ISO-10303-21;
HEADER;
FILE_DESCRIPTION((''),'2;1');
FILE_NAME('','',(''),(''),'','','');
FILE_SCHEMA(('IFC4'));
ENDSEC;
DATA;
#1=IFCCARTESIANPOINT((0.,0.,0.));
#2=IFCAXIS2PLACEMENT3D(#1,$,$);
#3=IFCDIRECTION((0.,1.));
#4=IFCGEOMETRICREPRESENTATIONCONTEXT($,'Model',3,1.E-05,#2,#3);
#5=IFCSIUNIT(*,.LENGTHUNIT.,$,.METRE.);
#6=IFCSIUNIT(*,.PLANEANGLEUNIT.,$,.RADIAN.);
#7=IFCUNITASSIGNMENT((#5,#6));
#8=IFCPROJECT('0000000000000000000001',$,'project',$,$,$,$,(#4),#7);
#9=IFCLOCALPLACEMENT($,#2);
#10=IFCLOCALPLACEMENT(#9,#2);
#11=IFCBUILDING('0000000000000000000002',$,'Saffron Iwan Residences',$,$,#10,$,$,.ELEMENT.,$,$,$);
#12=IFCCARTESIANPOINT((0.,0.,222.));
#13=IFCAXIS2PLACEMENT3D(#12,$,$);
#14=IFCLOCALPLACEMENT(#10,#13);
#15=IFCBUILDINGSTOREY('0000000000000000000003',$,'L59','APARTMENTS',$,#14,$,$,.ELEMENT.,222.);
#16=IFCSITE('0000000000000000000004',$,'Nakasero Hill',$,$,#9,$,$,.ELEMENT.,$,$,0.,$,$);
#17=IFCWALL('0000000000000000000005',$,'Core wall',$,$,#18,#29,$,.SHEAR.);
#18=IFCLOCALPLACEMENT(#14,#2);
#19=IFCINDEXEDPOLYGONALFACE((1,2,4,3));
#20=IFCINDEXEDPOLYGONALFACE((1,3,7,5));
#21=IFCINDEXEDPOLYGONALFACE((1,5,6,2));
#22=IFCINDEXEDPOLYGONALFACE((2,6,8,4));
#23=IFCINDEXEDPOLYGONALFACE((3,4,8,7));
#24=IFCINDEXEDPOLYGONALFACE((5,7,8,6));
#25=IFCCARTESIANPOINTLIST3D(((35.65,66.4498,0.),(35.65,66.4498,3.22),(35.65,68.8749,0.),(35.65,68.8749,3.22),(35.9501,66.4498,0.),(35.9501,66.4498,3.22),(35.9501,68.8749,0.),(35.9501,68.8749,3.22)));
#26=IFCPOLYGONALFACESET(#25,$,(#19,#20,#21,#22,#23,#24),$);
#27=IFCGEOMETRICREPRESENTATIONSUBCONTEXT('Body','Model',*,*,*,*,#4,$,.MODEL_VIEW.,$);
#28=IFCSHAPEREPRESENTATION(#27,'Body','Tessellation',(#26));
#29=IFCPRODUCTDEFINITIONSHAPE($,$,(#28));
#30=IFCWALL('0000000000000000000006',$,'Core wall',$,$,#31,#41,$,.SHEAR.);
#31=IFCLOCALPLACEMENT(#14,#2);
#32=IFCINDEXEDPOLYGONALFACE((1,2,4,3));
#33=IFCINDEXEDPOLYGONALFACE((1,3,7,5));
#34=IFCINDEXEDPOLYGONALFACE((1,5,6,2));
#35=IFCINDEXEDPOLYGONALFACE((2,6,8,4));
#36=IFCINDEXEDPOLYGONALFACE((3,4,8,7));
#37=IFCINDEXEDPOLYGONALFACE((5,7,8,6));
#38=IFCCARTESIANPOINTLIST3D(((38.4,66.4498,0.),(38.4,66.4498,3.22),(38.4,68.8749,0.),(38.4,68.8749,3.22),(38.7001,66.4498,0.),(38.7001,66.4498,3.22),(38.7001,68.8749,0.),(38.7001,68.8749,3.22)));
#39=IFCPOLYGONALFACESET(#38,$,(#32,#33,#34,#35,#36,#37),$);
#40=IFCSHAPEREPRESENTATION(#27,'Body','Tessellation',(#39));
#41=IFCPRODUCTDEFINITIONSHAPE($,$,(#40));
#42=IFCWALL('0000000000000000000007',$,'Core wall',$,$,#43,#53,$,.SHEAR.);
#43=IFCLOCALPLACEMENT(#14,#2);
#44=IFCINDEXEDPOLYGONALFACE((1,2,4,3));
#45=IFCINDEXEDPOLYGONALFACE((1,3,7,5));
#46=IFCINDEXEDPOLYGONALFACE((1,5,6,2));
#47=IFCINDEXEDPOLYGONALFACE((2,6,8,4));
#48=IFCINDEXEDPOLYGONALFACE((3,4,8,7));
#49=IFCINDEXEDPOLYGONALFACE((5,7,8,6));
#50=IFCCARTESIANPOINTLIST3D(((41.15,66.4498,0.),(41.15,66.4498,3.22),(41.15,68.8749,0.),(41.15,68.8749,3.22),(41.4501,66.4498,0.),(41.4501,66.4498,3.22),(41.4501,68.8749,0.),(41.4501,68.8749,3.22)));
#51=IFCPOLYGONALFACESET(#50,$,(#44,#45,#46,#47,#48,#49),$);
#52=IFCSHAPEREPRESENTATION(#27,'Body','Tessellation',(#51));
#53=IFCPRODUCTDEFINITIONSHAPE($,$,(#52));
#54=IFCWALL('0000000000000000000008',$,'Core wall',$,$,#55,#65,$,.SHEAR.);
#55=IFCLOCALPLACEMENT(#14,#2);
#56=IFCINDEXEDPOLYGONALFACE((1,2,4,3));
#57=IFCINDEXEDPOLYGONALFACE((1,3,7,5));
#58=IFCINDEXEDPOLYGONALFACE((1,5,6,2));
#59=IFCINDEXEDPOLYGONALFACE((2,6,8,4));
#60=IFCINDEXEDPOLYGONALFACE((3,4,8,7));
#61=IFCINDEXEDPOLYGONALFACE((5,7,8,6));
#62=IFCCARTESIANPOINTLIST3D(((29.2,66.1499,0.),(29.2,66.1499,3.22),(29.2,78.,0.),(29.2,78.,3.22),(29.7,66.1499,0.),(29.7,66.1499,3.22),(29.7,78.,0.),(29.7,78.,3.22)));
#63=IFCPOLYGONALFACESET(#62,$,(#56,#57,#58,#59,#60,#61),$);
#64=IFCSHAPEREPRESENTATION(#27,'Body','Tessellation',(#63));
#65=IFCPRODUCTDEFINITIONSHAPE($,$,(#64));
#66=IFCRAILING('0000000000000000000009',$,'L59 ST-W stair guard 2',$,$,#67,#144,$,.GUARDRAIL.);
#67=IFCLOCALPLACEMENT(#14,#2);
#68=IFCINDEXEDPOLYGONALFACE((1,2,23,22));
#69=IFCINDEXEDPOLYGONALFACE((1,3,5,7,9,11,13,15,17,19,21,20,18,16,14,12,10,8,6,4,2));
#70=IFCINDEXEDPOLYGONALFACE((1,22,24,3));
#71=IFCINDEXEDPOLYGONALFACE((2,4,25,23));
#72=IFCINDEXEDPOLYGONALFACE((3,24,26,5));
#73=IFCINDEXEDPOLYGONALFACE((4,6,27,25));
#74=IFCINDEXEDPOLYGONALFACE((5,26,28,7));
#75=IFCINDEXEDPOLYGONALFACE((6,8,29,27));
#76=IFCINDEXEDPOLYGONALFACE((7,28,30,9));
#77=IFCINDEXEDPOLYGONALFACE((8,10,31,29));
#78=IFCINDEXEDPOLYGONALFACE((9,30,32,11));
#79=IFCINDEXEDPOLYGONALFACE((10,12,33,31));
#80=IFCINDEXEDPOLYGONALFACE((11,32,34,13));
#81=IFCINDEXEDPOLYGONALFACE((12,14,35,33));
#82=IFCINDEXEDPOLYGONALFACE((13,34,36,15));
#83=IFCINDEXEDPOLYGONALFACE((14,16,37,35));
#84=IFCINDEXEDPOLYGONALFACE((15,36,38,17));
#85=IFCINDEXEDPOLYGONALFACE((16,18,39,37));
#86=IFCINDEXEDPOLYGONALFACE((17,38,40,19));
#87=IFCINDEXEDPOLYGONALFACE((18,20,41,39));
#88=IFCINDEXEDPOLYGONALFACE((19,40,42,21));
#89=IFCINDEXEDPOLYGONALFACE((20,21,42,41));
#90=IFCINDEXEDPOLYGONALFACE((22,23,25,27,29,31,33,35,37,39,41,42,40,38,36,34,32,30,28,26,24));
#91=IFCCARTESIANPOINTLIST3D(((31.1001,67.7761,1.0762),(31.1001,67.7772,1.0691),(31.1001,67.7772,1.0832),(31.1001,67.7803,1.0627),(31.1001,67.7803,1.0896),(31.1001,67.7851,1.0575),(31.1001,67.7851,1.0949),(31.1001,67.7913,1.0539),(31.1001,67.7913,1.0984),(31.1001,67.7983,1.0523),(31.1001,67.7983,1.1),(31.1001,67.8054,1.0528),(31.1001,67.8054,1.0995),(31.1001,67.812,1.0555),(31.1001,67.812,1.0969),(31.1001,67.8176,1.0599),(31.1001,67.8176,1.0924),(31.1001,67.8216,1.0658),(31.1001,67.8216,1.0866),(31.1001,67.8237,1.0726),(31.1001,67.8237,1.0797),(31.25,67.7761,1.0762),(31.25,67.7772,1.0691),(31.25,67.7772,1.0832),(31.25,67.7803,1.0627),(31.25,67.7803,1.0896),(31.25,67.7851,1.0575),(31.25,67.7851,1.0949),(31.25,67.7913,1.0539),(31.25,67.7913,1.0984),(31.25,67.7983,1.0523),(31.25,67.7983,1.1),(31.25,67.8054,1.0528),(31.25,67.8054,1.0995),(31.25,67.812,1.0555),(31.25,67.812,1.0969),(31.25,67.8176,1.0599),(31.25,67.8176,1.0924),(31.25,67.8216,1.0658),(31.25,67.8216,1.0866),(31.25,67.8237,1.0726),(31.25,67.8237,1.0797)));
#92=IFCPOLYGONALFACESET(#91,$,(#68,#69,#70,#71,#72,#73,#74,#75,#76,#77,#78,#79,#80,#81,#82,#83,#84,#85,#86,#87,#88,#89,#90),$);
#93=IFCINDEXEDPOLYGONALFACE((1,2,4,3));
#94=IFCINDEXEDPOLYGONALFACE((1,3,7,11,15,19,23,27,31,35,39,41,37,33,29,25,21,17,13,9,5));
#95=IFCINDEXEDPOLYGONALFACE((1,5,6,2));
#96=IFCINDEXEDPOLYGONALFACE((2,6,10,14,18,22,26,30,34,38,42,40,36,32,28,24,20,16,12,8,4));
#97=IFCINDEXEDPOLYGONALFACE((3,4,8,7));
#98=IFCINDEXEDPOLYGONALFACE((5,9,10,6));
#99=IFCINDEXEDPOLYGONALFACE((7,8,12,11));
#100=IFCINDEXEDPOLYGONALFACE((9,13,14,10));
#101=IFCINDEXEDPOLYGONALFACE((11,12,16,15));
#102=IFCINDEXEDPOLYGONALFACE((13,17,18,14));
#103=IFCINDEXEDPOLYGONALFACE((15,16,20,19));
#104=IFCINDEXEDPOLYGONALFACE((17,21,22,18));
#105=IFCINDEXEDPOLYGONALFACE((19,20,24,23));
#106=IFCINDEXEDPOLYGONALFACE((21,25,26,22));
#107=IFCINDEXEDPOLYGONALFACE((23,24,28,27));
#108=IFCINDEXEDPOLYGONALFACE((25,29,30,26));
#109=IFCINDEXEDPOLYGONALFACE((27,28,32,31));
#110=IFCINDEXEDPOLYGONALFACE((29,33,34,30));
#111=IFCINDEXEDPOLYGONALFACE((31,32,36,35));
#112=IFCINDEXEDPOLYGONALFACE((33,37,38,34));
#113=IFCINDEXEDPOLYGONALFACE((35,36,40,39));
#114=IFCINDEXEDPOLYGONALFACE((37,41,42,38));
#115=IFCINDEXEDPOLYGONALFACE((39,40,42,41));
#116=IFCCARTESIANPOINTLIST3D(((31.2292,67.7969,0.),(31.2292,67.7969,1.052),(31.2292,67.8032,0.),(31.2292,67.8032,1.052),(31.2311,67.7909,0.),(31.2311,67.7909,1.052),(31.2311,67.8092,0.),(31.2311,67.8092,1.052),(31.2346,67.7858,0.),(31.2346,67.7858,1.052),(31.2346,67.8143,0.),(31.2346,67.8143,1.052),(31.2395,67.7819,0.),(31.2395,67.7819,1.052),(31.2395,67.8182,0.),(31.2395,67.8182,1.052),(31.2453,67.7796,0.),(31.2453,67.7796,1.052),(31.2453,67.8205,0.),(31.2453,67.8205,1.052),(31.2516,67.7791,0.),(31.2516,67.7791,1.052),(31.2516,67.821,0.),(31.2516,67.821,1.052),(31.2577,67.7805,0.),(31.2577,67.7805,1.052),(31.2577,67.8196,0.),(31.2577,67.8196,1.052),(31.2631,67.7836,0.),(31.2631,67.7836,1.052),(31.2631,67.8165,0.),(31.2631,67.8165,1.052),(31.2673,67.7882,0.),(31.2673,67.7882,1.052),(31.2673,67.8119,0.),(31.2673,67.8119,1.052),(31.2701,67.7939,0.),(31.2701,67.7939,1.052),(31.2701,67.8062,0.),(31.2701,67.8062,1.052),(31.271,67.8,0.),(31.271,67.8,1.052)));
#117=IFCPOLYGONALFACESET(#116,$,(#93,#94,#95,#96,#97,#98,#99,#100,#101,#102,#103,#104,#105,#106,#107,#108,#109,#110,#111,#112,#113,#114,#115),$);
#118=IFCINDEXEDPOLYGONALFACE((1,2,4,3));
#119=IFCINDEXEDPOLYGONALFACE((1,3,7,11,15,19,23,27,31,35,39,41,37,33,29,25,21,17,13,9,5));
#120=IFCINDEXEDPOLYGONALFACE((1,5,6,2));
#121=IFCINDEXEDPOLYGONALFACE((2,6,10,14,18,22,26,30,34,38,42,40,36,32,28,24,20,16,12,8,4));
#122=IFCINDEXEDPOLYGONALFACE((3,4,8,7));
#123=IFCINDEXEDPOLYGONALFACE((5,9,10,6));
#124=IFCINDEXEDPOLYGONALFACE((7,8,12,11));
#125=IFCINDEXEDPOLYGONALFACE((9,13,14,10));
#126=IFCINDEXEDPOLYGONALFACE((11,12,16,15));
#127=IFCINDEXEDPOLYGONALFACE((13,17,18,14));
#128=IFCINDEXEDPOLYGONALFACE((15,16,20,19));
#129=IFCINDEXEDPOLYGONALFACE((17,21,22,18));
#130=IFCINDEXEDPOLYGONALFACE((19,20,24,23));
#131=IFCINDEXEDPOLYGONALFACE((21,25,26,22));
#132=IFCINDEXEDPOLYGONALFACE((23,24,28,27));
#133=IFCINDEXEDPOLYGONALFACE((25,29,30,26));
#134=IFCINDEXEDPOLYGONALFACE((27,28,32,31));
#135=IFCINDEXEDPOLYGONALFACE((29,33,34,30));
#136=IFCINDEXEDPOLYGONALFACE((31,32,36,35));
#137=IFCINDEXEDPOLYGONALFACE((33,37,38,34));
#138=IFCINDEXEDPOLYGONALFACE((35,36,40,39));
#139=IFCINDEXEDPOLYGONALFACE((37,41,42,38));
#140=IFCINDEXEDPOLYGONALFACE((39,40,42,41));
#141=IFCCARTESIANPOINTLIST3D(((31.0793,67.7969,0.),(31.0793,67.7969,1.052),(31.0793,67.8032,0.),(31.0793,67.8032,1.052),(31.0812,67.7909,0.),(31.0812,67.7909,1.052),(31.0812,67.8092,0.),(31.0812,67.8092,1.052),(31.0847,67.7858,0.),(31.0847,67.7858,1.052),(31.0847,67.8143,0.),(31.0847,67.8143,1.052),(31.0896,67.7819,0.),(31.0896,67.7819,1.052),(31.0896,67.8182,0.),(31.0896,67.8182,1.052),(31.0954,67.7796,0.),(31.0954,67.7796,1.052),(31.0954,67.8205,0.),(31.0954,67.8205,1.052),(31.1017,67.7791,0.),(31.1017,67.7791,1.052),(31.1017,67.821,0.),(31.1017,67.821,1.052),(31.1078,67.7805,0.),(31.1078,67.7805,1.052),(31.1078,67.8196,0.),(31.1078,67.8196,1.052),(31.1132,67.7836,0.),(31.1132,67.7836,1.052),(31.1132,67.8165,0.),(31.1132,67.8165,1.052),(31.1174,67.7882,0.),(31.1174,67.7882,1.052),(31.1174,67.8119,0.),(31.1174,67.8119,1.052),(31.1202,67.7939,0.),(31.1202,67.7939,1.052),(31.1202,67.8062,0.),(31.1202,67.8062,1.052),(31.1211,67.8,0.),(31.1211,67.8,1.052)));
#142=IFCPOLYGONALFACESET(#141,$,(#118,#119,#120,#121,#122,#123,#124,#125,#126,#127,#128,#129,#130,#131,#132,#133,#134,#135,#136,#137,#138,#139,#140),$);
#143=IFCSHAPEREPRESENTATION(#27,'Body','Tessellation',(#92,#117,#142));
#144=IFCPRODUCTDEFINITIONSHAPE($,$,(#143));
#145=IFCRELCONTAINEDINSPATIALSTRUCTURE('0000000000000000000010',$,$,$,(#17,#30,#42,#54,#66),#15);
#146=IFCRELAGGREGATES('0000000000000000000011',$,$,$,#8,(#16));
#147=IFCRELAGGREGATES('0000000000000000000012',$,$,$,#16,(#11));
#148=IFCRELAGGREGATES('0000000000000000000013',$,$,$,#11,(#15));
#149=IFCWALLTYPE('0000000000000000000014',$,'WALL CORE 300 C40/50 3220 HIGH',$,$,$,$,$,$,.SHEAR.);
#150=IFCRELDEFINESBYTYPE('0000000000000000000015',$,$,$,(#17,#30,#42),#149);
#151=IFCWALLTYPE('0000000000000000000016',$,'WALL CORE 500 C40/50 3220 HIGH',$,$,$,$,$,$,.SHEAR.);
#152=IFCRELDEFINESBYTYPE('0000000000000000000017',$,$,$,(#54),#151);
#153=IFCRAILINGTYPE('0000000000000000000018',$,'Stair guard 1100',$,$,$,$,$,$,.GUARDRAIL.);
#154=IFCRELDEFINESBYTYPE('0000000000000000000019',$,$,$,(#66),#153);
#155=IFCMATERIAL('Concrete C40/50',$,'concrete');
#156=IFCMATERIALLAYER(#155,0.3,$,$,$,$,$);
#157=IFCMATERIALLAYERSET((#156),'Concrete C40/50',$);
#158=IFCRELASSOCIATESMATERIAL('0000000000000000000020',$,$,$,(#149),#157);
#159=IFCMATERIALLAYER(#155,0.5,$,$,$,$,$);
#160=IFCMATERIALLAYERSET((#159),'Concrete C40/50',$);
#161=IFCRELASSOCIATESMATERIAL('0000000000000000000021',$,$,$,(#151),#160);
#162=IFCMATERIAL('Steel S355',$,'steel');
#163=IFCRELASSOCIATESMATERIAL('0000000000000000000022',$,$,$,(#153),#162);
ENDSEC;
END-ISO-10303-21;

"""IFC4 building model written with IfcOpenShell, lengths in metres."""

from ifc_helpers import new_model, si_unit, direction, frame, frame_2d, origin, origin_2d, place, context, subcontext, project, spatial, rectangle, circle, extrude, material, layer, layer_set, type_object, element, save


model = new_model("IFC4")

# Units and contexts
model_context = context("Model", 3, precision=1e-05, world=origin(), true_north=direction((0.0, 1.0)))
body_context = subcontext(model_context, "Body", "Model", "MODEL_VIEW")
ifc_project = project(units=[si_unit("LENGTHUNIT", "METRE"), si_unit("PLANEANGLEUNIT", "RADIAN")], contexts=[model_context])

# Site, building, storey
site_placement = place(None, origin())
site = spatial("IfcSite", under=ifc_project, at=site_placement, Name="Nakasero Hill", CompositionType="ELEMENT", RefElevation=0.0)
building_placement = place(site_placement, origin())
building = spatial("IfcBuilding", under=site, at=building_placement, Name="Saffron Iwan Residences", CompositionType="ELEMENT")
storey_placement = place(building_placement, frame((0.0, 0.0, 222.0)))
storey = spatial("IfcBuildingStorey", under=building, at=storey_placement, Name="L59", Description="APARTMENTS", CompositionType="ELEMENT", Elevation=222.0)

# Shared definitions
ifc_material_1 = material(Name="Concrete C40/50", Category="concrete")

# Shared definitions
ifc_layer_1 = layer(ifc_material_1, 0.3)
ifc_layer_set_1 = layer_set([ifc_layer_1], Name="Concrete C40/50")
wall_type_1 = type_object("IfcWallType", Name="WALL CORE 300 C40/50 3220 HIGH", PredefinedType="SHEAR", material=ifc_layer_set_1)

# Walls
for number, where, z_axis, x_axis, name in (
    (1, (35.8, 66.45, 0.0), (0.0, 0.0, 1.0), (0.0, 1.0, 0.0), "Core wall"),
    (2, (38.55, 66.45, 0.0), (0.0, 0.0, 1.0), (0.0, 1.0, 0.0), "Core wall"),
    (3, (41.3, 66.45, 0.0), (0.0, 0.0, 1.0), (0.0, 1.0, 0.0), "Core wall"),
):
    element("IfcWall", number, at=place(storey_placement, frame(where, z_axis=z_axis, x_axis=x_axis)), inside=storey, type_object=wall_type_1, Name=name, PredefinedType="SHEAR", context=body_context, shape_type="SweptSolid", body=[
        extrude(rectangle(XDim=2.425, YDim=0.3, at=frame_2d((1.2124, 0.0))), origin(), (0.0, 0.0, 1.0), 3.22),
    ])
ifc_layer_2 = layer(ifc_material_1, 0.5)
ifc_layer_set_2 = layer_set([ifc_layer_2], Name="Concrete C40/50")
wall_type_2 = type_object("IfcWallType", Name="WALL CORE 500 C40/50 3220 HIGH", PredefinedType="SHEAR", material=ifc_layer_set_2)
wall_1_placement = place(storey_placement, frame((29.45, 66.1499, 0.0), z_axis=(0.0, 0.0, 1.0), x_axis=(0.0, 1.0, 0.0)))
element("IfcWall", 4, at=wall_1_placement, inside=storey, type_object=wall_type_2, Name="Core wall", PredefinedType="SHEAR", context=body_context, shape_type="SweptSolid", body=[
    extrude(rectangle(XDim=11.8501, YDim=0.5, at=frame_2d((5.925, 0.0))), origin(), (0.0, 0.0, 1.0), 3.22),
])

# Railing
ifc_material_2 = material(Name="Steel S355", Category="steel")
railing_type_1 = type_object("IfcRailingType", Name="Stair guard 1100", PredefinedType="GUARDRAIL", material=ifc_material_2)
railing_1_placement = place(storey_placement, frame((31.25, 67.8, 0.0)))
element("IfcRailing", 5, at=railing_1_placement, inside=storey, type_object=railing_type_1, Name="L59 ST-W stair guard 2", PredefinedType="GUARDRAIL", context=body_context, shape_type="SweptSolid", body=[
    extrude(circle(Radius=0.0239, at=origin_2d()), frame((0.0, 0.0, 1.0762), z_axis=(-1.0, 0.0, 0.0), x_axis=(0.0, -1.0, 0.0)), (0.0, 0.0, 1.0), 0.1499),
    extrude(circle(Radius=0.021, at=origin_2d()), origin(), (0.0, 0.0, 1.0), 1.052),
    extrude(circle(Radius=0.021, at=origin_2d()), frame((-0.1499, 0.0, 0.0)), (0.0, 0.0, 1.0), 1.052),
])

save(model, "model.ifc")
